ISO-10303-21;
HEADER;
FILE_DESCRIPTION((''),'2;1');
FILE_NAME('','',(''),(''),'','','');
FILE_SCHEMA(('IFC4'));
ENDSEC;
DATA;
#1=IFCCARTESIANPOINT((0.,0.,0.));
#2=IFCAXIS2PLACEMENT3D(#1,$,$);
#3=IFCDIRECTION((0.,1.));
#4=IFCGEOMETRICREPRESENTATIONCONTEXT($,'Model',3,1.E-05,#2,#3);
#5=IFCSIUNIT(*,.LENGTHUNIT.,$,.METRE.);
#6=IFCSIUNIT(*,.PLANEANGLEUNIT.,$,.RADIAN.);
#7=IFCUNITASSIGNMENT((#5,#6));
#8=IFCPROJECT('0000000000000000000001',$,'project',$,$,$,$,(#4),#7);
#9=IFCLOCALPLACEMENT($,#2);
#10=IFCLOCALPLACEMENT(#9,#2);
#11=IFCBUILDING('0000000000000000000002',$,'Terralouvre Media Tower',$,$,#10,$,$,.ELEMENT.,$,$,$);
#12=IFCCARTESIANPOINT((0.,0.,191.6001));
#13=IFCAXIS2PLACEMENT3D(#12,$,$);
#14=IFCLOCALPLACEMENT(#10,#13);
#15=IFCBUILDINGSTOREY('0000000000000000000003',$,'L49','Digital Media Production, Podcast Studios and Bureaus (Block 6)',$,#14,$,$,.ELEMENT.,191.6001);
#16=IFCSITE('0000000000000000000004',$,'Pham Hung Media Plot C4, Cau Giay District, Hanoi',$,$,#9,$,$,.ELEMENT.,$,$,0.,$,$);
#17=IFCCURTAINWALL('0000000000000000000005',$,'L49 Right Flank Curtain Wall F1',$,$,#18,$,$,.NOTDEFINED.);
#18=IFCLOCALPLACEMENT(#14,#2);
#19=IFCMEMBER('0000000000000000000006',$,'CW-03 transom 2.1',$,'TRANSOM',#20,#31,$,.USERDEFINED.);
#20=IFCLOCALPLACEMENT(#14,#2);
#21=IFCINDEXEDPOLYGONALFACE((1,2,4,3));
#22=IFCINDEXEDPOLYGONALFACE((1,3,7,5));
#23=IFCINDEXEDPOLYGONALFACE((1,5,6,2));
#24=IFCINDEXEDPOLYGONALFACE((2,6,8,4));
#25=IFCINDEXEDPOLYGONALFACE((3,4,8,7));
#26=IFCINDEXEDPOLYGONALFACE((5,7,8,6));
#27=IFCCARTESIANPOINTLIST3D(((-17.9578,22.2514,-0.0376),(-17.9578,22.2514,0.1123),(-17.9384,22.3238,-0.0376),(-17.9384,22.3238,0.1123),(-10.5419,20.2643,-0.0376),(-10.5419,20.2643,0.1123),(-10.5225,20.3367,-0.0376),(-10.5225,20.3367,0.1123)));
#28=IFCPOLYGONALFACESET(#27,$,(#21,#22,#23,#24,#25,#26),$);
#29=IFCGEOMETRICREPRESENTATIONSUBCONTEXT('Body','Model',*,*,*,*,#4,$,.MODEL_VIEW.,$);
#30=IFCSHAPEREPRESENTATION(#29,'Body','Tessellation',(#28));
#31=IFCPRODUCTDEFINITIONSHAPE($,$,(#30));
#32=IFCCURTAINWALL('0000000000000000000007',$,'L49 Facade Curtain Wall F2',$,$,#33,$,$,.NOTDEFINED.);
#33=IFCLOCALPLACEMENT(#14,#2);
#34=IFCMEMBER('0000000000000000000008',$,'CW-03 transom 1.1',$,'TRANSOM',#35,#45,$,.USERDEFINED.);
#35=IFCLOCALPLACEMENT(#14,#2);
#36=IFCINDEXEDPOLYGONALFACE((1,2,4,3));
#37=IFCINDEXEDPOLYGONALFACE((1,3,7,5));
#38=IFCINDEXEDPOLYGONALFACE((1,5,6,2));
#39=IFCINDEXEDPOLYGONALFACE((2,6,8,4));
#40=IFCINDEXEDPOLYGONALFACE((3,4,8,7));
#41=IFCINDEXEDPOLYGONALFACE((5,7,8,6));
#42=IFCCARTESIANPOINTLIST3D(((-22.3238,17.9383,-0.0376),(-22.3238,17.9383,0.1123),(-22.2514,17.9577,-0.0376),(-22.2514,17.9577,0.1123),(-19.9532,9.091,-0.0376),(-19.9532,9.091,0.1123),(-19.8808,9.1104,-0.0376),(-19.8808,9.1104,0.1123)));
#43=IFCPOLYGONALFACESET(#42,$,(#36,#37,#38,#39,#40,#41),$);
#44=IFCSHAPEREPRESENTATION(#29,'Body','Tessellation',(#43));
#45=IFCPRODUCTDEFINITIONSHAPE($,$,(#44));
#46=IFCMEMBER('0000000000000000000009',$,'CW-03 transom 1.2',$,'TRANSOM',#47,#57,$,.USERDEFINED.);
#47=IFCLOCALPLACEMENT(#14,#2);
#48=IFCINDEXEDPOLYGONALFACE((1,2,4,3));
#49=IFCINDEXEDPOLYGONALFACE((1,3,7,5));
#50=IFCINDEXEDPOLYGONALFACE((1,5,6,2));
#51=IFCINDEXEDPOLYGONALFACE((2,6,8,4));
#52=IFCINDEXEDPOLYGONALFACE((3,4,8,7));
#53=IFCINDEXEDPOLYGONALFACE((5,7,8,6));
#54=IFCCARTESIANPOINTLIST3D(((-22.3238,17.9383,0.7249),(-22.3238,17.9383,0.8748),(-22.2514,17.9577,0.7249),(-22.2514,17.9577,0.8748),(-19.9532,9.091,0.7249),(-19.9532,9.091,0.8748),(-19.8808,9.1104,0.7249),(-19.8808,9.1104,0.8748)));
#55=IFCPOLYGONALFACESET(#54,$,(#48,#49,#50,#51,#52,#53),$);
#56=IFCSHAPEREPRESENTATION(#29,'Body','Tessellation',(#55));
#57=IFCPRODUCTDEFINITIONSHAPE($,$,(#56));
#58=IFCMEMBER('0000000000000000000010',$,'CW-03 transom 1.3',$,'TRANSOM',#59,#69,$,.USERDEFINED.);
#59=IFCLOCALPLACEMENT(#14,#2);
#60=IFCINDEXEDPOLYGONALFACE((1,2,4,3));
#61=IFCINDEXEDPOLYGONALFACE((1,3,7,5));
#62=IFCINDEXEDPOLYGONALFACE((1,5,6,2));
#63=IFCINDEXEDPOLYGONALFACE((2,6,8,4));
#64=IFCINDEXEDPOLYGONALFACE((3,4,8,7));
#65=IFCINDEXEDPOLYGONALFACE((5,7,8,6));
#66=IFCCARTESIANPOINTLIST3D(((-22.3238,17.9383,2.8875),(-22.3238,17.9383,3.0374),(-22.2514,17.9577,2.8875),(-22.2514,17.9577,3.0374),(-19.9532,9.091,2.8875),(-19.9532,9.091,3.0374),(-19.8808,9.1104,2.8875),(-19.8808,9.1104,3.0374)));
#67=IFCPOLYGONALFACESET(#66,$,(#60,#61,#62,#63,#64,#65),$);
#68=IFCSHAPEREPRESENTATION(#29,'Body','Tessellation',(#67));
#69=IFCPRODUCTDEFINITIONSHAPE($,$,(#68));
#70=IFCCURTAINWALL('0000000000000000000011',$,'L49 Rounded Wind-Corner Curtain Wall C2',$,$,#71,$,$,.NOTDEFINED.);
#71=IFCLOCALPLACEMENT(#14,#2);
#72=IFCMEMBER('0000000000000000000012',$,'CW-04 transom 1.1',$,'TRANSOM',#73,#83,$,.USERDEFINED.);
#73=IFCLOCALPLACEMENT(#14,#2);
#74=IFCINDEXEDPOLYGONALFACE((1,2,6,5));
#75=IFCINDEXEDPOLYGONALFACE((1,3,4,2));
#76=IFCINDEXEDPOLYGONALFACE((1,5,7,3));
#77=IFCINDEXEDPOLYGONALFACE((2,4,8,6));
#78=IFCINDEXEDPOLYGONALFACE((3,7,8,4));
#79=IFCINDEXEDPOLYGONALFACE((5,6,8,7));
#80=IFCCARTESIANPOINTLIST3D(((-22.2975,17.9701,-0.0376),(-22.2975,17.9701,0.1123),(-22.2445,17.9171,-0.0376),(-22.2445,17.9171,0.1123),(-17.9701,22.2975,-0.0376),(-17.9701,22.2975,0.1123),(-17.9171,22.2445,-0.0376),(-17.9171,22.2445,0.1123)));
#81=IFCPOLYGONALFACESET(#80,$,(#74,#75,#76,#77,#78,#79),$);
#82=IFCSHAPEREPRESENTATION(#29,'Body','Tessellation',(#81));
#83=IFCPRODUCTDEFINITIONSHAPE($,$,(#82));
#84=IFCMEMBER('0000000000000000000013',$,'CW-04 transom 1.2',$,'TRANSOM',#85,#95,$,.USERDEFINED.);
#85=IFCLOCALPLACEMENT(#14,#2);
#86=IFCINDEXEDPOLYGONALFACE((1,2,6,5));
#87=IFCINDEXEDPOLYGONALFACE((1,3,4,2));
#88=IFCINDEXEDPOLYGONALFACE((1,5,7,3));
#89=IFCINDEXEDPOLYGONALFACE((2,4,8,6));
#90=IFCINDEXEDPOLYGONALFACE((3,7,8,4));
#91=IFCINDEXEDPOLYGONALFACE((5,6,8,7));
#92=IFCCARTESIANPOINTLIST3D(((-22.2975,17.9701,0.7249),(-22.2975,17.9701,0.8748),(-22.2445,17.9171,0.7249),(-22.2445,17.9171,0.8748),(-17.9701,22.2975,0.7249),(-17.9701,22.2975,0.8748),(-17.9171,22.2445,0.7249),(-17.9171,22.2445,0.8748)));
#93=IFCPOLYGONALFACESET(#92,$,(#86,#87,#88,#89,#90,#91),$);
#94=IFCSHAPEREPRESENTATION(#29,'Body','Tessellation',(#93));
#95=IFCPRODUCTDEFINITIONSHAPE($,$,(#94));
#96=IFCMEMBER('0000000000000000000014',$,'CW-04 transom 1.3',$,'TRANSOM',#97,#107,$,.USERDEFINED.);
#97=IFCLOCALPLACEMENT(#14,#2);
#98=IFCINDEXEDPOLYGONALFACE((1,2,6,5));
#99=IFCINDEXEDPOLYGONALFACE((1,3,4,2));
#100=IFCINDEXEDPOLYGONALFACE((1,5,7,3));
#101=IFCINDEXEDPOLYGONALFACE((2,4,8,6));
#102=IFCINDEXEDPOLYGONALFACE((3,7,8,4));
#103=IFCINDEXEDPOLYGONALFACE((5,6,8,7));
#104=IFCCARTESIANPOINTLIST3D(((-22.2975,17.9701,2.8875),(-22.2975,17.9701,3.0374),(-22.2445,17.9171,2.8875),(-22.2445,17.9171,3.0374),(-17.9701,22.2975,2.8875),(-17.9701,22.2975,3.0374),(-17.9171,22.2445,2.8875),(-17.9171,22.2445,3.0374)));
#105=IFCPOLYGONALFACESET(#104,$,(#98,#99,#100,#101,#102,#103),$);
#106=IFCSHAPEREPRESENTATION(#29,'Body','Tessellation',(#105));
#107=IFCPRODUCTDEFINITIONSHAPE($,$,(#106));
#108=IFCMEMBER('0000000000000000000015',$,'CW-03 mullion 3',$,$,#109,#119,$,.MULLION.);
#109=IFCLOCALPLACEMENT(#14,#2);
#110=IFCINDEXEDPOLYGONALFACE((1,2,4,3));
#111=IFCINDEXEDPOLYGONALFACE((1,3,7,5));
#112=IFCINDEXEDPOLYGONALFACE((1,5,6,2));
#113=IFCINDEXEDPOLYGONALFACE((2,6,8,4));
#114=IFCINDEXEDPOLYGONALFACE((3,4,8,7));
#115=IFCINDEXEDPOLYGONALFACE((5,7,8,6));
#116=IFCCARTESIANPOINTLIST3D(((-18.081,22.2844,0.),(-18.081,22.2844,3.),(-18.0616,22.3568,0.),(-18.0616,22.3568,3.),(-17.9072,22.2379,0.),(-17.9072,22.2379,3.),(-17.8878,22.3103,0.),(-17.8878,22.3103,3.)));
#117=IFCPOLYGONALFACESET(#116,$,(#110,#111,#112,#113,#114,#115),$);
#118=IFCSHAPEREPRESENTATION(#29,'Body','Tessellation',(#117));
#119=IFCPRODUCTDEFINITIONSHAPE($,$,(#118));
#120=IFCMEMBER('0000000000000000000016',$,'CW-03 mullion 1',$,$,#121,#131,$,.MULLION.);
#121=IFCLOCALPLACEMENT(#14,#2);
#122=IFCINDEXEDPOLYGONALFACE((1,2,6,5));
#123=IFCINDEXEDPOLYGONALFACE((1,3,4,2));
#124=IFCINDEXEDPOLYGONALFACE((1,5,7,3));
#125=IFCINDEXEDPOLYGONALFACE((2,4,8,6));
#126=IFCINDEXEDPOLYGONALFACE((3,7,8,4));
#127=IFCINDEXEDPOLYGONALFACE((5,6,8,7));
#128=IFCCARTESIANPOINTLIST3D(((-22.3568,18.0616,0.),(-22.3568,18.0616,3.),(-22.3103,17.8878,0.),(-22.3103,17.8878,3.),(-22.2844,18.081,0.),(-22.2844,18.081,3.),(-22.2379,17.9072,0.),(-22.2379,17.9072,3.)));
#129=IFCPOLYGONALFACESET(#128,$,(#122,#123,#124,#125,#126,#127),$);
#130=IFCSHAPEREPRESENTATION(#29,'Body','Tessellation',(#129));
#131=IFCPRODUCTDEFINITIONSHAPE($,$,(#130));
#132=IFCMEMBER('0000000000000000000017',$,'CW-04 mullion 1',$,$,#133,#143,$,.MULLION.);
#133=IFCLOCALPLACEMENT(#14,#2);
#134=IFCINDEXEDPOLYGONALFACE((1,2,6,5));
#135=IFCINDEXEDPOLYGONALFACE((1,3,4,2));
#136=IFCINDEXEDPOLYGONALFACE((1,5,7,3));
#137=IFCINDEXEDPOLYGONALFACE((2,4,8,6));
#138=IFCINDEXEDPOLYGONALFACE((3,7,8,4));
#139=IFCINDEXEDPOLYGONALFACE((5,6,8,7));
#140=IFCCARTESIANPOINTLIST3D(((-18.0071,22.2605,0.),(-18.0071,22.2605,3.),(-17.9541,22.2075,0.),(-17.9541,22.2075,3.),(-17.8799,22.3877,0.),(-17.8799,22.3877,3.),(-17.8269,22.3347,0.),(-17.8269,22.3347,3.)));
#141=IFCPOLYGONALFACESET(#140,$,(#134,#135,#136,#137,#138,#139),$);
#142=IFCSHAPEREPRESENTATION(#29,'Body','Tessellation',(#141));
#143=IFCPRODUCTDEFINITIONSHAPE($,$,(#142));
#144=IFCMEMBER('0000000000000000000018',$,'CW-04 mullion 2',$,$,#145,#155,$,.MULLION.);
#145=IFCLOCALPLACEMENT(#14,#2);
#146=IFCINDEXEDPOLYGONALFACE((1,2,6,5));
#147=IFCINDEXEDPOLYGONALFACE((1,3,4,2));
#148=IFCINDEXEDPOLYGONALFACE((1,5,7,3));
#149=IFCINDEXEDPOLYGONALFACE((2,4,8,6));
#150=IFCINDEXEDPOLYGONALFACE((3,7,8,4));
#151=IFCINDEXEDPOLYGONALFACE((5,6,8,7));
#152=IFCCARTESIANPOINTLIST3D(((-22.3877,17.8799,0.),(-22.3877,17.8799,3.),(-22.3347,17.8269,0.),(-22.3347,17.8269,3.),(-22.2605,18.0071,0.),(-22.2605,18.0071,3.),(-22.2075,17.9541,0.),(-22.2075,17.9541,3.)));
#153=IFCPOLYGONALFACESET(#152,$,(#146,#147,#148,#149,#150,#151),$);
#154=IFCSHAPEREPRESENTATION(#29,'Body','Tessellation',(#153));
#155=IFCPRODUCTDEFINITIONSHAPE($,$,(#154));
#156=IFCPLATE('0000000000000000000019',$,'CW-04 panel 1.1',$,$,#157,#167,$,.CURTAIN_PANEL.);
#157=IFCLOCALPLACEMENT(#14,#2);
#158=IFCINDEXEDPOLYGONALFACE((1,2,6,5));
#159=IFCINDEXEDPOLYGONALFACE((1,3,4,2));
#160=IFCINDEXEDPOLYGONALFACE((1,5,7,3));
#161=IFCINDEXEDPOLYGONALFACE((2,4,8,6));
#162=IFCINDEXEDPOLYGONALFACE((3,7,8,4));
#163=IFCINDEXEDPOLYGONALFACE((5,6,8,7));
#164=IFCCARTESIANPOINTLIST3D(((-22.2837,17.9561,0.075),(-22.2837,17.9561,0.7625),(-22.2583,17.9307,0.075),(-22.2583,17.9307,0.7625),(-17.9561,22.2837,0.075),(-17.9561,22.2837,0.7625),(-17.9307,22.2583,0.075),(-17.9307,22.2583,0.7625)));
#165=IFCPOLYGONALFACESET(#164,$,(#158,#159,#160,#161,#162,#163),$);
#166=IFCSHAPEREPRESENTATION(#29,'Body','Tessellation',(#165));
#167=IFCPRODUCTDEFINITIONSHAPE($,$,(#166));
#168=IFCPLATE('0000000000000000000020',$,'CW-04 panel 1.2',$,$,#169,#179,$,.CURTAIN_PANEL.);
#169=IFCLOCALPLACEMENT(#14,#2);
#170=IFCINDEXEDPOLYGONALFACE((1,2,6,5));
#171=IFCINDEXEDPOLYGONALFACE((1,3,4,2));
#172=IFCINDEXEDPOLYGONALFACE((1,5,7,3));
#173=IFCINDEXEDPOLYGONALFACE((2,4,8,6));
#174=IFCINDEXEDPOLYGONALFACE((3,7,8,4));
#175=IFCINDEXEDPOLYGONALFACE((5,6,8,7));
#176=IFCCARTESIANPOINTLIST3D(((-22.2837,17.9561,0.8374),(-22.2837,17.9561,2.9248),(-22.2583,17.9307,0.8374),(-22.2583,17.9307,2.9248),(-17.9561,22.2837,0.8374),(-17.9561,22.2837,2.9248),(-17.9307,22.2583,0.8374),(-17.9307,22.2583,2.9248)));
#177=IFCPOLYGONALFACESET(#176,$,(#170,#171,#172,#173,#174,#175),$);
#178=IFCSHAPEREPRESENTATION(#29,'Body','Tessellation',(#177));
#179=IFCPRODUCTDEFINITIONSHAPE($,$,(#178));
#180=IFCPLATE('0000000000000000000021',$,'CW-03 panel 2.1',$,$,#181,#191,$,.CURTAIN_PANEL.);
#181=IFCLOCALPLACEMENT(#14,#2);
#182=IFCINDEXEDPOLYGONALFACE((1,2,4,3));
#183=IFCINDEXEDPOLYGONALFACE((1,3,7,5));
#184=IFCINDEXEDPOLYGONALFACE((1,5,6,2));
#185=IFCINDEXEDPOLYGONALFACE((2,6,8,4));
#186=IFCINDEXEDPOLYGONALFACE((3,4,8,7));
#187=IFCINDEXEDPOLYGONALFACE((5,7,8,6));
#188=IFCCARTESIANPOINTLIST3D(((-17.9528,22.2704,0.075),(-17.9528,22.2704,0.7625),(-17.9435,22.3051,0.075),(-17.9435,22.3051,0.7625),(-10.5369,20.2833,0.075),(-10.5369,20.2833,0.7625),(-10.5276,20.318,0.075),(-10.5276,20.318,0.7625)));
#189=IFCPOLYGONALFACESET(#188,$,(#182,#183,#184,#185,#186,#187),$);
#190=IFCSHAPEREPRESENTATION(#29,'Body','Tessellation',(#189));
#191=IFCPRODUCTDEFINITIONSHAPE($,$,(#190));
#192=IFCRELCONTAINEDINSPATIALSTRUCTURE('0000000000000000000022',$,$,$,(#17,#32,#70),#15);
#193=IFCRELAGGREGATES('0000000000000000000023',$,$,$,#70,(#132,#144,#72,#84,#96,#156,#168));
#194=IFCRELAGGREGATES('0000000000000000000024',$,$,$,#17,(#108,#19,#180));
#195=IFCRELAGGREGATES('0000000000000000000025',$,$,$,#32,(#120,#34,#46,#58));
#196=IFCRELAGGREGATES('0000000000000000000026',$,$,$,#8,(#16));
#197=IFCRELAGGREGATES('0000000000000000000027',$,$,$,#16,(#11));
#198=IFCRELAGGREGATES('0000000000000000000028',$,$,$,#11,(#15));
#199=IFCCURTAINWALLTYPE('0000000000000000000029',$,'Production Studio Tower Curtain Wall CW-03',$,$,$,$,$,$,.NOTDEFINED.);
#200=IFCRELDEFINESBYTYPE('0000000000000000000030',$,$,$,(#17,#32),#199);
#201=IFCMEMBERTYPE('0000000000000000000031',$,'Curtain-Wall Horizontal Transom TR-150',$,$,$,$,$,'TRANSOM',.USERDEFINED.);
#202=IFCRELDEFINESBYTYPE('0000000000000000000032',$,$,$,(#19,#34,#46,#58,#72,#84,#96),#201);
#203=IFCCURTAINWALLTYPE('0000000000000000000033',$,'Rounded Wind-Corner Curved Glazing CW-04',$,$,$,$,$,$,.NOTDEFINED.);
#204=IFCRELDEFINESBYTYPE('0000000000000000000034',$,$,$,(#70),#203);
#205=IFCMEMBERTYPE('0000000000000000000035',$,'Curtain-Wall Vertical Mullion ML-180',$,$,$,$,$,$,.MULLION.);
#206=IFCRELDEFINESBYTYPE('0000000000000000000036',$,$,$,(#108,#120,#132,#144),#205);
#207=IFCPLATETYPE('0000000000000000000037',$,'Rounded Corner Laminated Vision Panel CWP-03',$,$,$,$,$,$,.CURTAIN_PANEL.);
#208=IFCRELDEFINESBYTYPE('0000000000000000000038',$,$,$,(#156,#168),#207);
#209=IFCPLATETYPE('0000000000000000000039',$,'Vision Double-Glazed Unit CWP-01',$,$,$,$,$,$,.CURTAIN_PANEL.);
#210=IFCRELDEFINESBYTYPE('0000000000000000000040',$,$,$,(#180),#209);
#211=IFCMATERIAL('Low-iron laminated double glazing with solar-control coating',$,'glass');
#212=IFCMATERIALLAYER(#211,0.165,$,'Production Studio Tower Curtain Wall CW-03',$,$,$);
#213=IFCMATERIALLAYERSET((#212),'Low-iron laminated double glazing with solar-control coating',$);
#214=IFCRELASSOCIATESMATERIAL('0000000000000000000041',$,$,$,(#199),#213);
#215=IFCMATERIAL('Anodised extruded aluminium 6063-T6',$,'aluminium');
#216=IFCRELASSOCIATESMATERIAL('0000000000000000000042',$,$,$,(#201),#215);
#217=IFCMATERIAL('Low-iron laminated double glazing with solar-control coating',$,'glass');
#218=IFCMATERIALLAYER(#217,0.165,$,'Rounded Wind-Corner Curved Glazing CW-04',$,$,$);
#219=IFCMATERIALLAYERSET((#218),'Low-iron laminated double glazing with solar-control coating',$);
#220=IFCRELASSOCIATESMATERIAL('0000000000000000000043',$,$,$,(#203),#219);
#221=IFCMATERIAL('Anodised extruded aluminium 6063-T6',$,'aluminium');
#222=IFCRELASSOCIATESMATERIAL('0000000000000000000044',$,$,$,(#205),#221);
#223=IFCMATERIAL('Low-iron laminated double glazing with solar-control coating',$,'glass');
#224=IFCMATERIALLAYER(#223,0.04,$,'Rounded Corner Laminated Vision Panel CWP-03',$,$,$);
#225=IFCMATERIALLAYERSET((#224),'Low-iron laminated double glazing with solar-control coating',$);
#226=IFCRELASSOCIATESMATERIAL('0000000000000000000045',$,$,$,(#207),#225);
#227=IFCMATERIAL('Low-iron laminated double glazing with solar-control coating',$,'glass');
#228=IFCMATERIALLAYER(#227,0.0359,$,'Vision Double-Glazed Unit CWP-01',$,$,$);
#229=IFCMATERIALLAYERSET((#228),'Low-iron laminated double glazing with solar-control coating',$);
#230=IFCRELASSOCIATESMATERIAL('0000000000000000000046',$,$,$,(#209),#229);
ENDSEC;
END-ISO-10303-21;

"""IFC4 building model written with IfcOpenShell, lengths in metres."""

from ifc_helpers import new_model, si_unit, direction, frame, origin, origin_2d, place, context, subcontext, project, spatial, rectangle, extrude, material, layer, layer_set, material_profile, profile_set, type_object, element, aggregate, save


model = new_model("IFC4")

# Units and contexts
model_context = context("Model", 3, precision=1e-05, world=origin(), true_north=direction((0.0, 1.0)))
body_context = subcontext(model_context, "Body", "Model", "MODEL_VIEW")
ifc_project = project(units=[si_unit("LENGTHUNIT", "METRE"), si_unit("PLANEANGLEUNIT", "RADIAN")], contexts=[model_context])

# Site, building, storey
site_placement = place(None, origin())
site = spatial("IfcSite", under=ifc_project, at=site_placement, Name="Pham Hung Media Plot C4, Cau Giay District, Hanoi", CompositionType="ELEMENT", RefElevation=0.0)
building_placement = place(site_placement, origin())
building = spatial("IfcBuilding", under=site, at=building_placement, Name="Terralouvre Media Tower", CompositionType="ELEMENT")
storey_placement = place(building_placement, frame((0.0, 0.0, 191.6001)))
storey = spatial("IfcBuildingStorey", under=building, at=storey_placement, Name="L49", Description="Digital Media Production, Podcast Studios and Bureaus (Block 6)", CompositionType="ELEMENT", Elevation=191.6001)

# Curtain wall, member
ifc_material_1 = material(Name="Low-iron laminated double glazing with solar-control coating", Category="glass")
ifc_layer_1 = layer(ifc_material_1, 0.165, Name="Production Studio Tower Curtain Wall CW-03")
ifc_layer_set_1 = layer_set([ifc_layer_1], Name="Low-iron laminated double glazing with solar-control coating")
curtain_wall_type_1 = type_object("IfcCurtainWallType", Name="Production Studio Tower Curtain Wall CW-03", PredefinedType="NOTDEFINED", material=ifc_layer_set_1)
curtain_wall_1_placement = place(storey_placement, origin())
curtain_wall_1 = element("IfcCurtainWall", 1, at=curtain_wall_1_placement, inside=storey, type_object=curtain_wall_type_1, Name="L49 Right Flank Curtain Wall F1", PredefinedType="NOTDEFINED")
ifc_material_2 = material(Name="Anodised extruded aluminium 6063-T6", Category="aluminium")
ifc_material_profile_1 = material_profile(ifc_material_2, rectangle(XDim=0.075, YDim=0.1499, at=origin_2d()), Name="ALU 75x150")
ifc_profile_set_1 = profile_set([ifc_material_profile_1], Name="Anodised extruded aluminium 6063-T6")
member_type_1 = type_object("IfcMemberType", Name="Curtain-Wall Horizontal Transom TR-150", ElementType="TRANSOM", PredefinedType="USERDEFINED", material=ifc_profile_set_1)
member_1_placement = place(storey_placement, frame((-10.5322, 20.3005, 0.0374), z_axis=(-0.965925, 0.25882, 0.0), x_axis=(-0.25882, -0.965925, 0.0)))
member_1 = element("IfcMember", 2, at=member_1_placement, type_object=member_type_1, Name="CW-03 transom 2.1", ObjectType="TRANSOM", PredefinedType="USERDEFINED", context=body_context, shape_type="SweptSolid", body=[
    extrude(rectangle(XDim=0.075, YDim=0.1499, at=origin_2d()), origin(), (0.0, 0.0, 1.0), 7.6775),
])

# Curtain walls, members
curtain_wall_2_placement = place(storey_placement, origin())
curtain_wall_2 = element("IfcCurtainWall", 3, at=curtain_wall_2_placement, inside=storey, type_object=curtain_wall_type_1, Name="L49 Facade Curtain Wall F2", PredefinedType="NOTDEFINED")
member_2_placement = place(storey_placement, frame((-22.2876, 17.948, 0.0374), z_axis=(0.258814, -0.965927, 0.0), x_axis=(0.965927, 0.258814, 0.0)))
member_2 = element("IfcMember", 4, at=member_2_placement, type_object=member_type_1, Name="CW-03 transom 1.1", ObjectType="TRANSOM", PredefinedType="USERDEFINED", context=body_context, shape_type="SweptSolid", body=[
    extrude(rectangle(XDim=0.075, YDim=0.1499, at=origin_2d()), origin(), (0.0, 0.0, 1.0), 9.1594),
])
member_3_placement = place(storey_placement, frame((-22.2876, 17.948, 0.7998), z_axis=(0.258814, -0.965927, 0.0), x_axis=(0.965927, 0.258814, 0.0)))
member_3 = element("IfcMember", 5, at=member_3_placement, type_object=member_type_1, Name="CW-03 transom 1.2", ObjectType="TRANSOM", PredefinedType="USERDEFINED", context=body_context, shape_type="SweptSolid", body=[
    extrude(rectangle(XDim=0.075, YDim=0.1499, at=origin_2d()), origin(), (0.0, 0.0, 1.0), 9.1594),
])
member_4_placement = place(storey_placement, frame((-22.2876, 17.948, 2.9624), z_axis=(0.258814, -0.965927, 0.0), x_axis=(0.965927, 0.258814, 0.0)))
member_4 = element("IfcMember", 6, at=member_4_placement, type_object=member_type_1, Name="CW-03 transom 1.3", ObjectType="TRANSOM", PredefinedType="USERDEFINED", context=body_context, shape_type="SweptSolid", body=[
    extrude(rectangle(XDim=0.075, YDim=0.1499, at=origin_2d()), origin(), (0.0, 0.0, 1.0), 9.1594),
])
ifc_material_3 = material(Name="Low-iron laminated double glazing with solar-control coating", Category="glass")
ifc_layer_2 = layer(ifc_material_3, 0.165, Name="Rounded Wind-Corner Curved Glazing CW-04")
ifc_layer_set_2 = layer_set([ifc_layer_2], Name="Low-iron laminated double glazing with solar-control coating")
curtain_wall_type_2 = type_object("IfcCurtainWallType", Name="Rounded Wind-Corner Curved Glazing CW-04", PredefinedType="NOTDEFINED", material=ifc_layer_set_2)
curtain_wall_3_placement = place(storey_placement, origin())
curtain_wall_3 = element("IfcCurtainWall", 7, at=curtain_wall_3_placement, inside=storey, type_object=curtain_wall_type_2, Name="L49 Rounded Wind-Corner Curtain Wall C2", PredefinedType="NOTDEFINED")
member_5_placement = place(storey_placement, frame((-17.9436, 22.271, 0.0374), z_axis=(-0.707107, -0.707107, 0.0), x_axis=(0.707107, -0.707107, 0.0)))
member_5 = element("IfcMember", 8, at=member_5_placement, type_object=member_type_1, Name="CW-04 transom 1.1", ObjectType="TRANSOM", PredefinedType="USERDEFINED", context=body_context, shape_type="SweptSolid", body=[
    extrude(rectangle(XDim=0.075, YDim=0.1499, at=origin_2d()), origin(), (0.0, 0.0, 1.0), 6.1199),
])
member_6_placement = place(storey_placement, frame((-17.9436, 22.271, 0.7998), z_axis=(-0.707107, -0.707107, 0.0), x_axis=(0.707107, -0.707107, 0.0)))
member_6 = element("IfcMember", 9, at=member_6_placement, type_object=member_type_1, Name="CW-04 transom 1.2", ObjectType="TRANSOM", PredefinedType="USERDEFINED", context=body_context, shape_type="SweptSolid", body=[
    extrude(rectangle(XDim=0.075, YDim=0.1499, at=origin_2d()), origin(), (0.0, 0.0, 1.0), 6.1199),
])
member_7_placement = place(storey_placement, frame((-17.9436, 22.271, 2.9624), z_axis=(-0.707107, -0.707107, 0.0), x_axis=(0.707107, -0.707107, 0.0)))
member_7 = element("IfcMember", 10, at=member_7_placement, type_object=member_type_1, Name="CW-04 transom 1.3", ObjectType="TRANSOM", PredefinedType="USERDEFINED", context=body_context, shape_type="SweptSolid", body=[
    extrude(rectangle(XDim=0.075, YDim=0.1499, at=origin_2d()), origin(), (0.0, 0.0, 1.0), 6.1199),
])

# Members
ifc_material_4 = material(Name="Anodised extruded aluminium 6063-T6", Category="aluminium")
ifc_material_profile_2 = material_profile(ifc_material_4, rectangle(XDim=0.075, YDim=0.1799, at=origin_2d()), Name="ALU 75x180")
ifc_profile_set_2 = profile_set([ifc_material_profile_2], Name="Anodised extruded aluminium 6063-T6")
member_type_2 = type_object("IfcMemberType", Name="Curtain-Wall Vertical Mullion ML-180", PredefinedType="MULLION", material=ifc_profile_set_2)
member_8_placement = place(storey_placement, frame((-17.9844, 22.2974, 0.0), z_axis=(0.0, 0.0, 1.0), x_axis=(-0.258819, -0.965926, 0.0)))
member_8 = element("IfcMember", 11, at=member_8_placement, type_object=member_type_2, Name="CW-03 mullion 3", PredefinedType="MULLION", context=body_context, shape_type="SweptSolid", body=[
    extrude(rectangle(XDim=0.075, YDim=0.1799, at=origin_2d()), origin(), (0.0, 0.0, 1.0), 3.0),
])
member_9_placement = place(storey_placement, frame((-22.2974, 17.9844, 0.0), z_axis=(0.0, 0.0, 1.0), x_axis=(0.965926, 0.258819, 0.0)))
member_9 = element("IfcMember", 12, at=member_9_placement, type_object=member_type_2, Name="CW-03 mullion 1", PredefinedType="MULLION", context=body_context, shape_type="SweptSolid", body=[
    extrude(rectangle(XDim=0.075, YDim=0.1799, at=origin_2d()), origin(), (0.0, 0.0, 1.0), 3.0),
])
member_10_placement = place(storey_placement, frame((-17.917, 22.2976, 0.0), z_axis=(0.0, 0.0, 1.0), x_axis=(0.707107, -0.707107, 0.0)))
member_10 = element("IfcMember", 13, at=member_10_placement, type_object=member_type_2, Name="CW-04 mullion 1", PredefinedType="MULLION", context=body_context, shape_type="SweptSolid", body=[
    extrude(rectangle(XDim=0.075, YDim=0.1799, at=origin_2d()), origin(), (0.0, 0.0, 1.0), 3.0),
])
member_11_placement = place(storey_placement, frame((-22.2976, 17.917, 0.0), z_axis=(0.0, 0.0, 1.0), x_axis=(0.707107, -0.707107, 0.0)))
member_11 = element("IfcMember", 14, at=member_11_placement, type_object=member_type_2, Name="CW-04 mullion 2", PredefinedType="MULLION", context=body_context, shape_type="SweptSolid", body=[
    extrude(rectangle(XDim=0.075, YDim=0.1799, at=origin_2d()), origin(), (0.0, 0.0, 1.0), 3.0),
])

# Plates
ifc_material_5 = material(Name="Low-iron laminated double glazing with solar-control coating", Category="glass")
ifc_layer_3 = layer(ifc_material_5, 0.04, Name="Rounded Corner Laminated Vision Panel CWP-03")
ifc_layer_set_3 = layer_set([ifc_layer_3], Name="Low-iron laminated double glazing with solar-control coating")
plate_type_1 = type_object("IfcPlateType", Name="Rounded Corner Laminated Vision Panel CWP-03", PredefinedType="CURTAIN_PANEL", material=ifc_layer_set_3)
plate_1_placement = place(storey_placement, frame((-20.1072, 20.1072, 0.075), z_axis=(0.0, 0.0, 1.0), x_axis=(-0.707107, -0.707107, 0.0)))
plate_1 = element("IfcPlate", 15, at=plate_1_placement, type_object=plate_type_1, Name="CW-04 panel 1.1", PredefinedType="CURTAIN_PANEL", context=body_context, shape_type="SweptSolid", body=[
    extrude(rectangle(XDim=6.1201, YDim=0.0359, at=origin_2d()), origin(), (0.0, 0.0, 1.0), 0.6875),
])
plate_2_placement = place(storey_placement, frame((-20.1072, 20.1072, 0.8374), z_axis=(0.0, 0.0, 1.0), x_axis=(-0.707107, -0.707107, 0.0)))
plate_2 = element("IfcPlate", 16, at=plate_2_placement, type_object=plate_type_1, Name="CW-04 panel 1.2", PredefinedType="CURTAIN_PANEL", context=body_context, shape_type="SweptSolid", body=[
    extrude(rectangle(XDim=6.1201, YDim=0.0359, at=origin_2d()), origin(), (0.0, 0.0, 1.0), 2.0874),
])
aggregate(curtain_wall_3, [member_10, member_11, member_5, member_6, member_7, plate_1, plate_2])
ifc_material_6 = material(Name="Low-iron laminated double glazing with solar-control coating", Category="glass")
ifc_layer_4 = layer(ifc_material_6, 0.0359, Name="Vision Double-Glazed Unit CWP-01")
ifc_layer_set_4 = layer_set([ifc_layer_4], Name="Low-iron laminated double glazing with solar-control coating")
plate_type_2 = type_object("IfcPlateType", Name="Vision Double-Glazed Unit CWP-01", PredefinedType="CURTAIN_PANEL", material=ifc_layer_set_4)
plate_3_placement = place(storey_placement, frame((-14.2402, 21.2942, 0.075), z_axis=(0.0, 0.0, 1.0), x_axis=(-0.965926, 0.258819, 0.0)))
plate_3 = element("IfcPlate", 17, at=plate_3_placement, type_object=plate_type_2, Name="CW-03 panel 2.1", PredefinedType="CURTAIN_PANEL", context=body_context, shape_type="SweptSolid", body=[
    extrude(rectangle(XDim=7.6775, YDim=0.0359, at=origin_2d()), origin(), (0.0, 0.0, 1.0), 0.6875),
])
aggregate(curtain_wall_1, [member_8, member_1, plate_3])
aggregate(curtain_wall_2, [member_9, member_2, member_3, member_4])

save(model, "model.ifc")
